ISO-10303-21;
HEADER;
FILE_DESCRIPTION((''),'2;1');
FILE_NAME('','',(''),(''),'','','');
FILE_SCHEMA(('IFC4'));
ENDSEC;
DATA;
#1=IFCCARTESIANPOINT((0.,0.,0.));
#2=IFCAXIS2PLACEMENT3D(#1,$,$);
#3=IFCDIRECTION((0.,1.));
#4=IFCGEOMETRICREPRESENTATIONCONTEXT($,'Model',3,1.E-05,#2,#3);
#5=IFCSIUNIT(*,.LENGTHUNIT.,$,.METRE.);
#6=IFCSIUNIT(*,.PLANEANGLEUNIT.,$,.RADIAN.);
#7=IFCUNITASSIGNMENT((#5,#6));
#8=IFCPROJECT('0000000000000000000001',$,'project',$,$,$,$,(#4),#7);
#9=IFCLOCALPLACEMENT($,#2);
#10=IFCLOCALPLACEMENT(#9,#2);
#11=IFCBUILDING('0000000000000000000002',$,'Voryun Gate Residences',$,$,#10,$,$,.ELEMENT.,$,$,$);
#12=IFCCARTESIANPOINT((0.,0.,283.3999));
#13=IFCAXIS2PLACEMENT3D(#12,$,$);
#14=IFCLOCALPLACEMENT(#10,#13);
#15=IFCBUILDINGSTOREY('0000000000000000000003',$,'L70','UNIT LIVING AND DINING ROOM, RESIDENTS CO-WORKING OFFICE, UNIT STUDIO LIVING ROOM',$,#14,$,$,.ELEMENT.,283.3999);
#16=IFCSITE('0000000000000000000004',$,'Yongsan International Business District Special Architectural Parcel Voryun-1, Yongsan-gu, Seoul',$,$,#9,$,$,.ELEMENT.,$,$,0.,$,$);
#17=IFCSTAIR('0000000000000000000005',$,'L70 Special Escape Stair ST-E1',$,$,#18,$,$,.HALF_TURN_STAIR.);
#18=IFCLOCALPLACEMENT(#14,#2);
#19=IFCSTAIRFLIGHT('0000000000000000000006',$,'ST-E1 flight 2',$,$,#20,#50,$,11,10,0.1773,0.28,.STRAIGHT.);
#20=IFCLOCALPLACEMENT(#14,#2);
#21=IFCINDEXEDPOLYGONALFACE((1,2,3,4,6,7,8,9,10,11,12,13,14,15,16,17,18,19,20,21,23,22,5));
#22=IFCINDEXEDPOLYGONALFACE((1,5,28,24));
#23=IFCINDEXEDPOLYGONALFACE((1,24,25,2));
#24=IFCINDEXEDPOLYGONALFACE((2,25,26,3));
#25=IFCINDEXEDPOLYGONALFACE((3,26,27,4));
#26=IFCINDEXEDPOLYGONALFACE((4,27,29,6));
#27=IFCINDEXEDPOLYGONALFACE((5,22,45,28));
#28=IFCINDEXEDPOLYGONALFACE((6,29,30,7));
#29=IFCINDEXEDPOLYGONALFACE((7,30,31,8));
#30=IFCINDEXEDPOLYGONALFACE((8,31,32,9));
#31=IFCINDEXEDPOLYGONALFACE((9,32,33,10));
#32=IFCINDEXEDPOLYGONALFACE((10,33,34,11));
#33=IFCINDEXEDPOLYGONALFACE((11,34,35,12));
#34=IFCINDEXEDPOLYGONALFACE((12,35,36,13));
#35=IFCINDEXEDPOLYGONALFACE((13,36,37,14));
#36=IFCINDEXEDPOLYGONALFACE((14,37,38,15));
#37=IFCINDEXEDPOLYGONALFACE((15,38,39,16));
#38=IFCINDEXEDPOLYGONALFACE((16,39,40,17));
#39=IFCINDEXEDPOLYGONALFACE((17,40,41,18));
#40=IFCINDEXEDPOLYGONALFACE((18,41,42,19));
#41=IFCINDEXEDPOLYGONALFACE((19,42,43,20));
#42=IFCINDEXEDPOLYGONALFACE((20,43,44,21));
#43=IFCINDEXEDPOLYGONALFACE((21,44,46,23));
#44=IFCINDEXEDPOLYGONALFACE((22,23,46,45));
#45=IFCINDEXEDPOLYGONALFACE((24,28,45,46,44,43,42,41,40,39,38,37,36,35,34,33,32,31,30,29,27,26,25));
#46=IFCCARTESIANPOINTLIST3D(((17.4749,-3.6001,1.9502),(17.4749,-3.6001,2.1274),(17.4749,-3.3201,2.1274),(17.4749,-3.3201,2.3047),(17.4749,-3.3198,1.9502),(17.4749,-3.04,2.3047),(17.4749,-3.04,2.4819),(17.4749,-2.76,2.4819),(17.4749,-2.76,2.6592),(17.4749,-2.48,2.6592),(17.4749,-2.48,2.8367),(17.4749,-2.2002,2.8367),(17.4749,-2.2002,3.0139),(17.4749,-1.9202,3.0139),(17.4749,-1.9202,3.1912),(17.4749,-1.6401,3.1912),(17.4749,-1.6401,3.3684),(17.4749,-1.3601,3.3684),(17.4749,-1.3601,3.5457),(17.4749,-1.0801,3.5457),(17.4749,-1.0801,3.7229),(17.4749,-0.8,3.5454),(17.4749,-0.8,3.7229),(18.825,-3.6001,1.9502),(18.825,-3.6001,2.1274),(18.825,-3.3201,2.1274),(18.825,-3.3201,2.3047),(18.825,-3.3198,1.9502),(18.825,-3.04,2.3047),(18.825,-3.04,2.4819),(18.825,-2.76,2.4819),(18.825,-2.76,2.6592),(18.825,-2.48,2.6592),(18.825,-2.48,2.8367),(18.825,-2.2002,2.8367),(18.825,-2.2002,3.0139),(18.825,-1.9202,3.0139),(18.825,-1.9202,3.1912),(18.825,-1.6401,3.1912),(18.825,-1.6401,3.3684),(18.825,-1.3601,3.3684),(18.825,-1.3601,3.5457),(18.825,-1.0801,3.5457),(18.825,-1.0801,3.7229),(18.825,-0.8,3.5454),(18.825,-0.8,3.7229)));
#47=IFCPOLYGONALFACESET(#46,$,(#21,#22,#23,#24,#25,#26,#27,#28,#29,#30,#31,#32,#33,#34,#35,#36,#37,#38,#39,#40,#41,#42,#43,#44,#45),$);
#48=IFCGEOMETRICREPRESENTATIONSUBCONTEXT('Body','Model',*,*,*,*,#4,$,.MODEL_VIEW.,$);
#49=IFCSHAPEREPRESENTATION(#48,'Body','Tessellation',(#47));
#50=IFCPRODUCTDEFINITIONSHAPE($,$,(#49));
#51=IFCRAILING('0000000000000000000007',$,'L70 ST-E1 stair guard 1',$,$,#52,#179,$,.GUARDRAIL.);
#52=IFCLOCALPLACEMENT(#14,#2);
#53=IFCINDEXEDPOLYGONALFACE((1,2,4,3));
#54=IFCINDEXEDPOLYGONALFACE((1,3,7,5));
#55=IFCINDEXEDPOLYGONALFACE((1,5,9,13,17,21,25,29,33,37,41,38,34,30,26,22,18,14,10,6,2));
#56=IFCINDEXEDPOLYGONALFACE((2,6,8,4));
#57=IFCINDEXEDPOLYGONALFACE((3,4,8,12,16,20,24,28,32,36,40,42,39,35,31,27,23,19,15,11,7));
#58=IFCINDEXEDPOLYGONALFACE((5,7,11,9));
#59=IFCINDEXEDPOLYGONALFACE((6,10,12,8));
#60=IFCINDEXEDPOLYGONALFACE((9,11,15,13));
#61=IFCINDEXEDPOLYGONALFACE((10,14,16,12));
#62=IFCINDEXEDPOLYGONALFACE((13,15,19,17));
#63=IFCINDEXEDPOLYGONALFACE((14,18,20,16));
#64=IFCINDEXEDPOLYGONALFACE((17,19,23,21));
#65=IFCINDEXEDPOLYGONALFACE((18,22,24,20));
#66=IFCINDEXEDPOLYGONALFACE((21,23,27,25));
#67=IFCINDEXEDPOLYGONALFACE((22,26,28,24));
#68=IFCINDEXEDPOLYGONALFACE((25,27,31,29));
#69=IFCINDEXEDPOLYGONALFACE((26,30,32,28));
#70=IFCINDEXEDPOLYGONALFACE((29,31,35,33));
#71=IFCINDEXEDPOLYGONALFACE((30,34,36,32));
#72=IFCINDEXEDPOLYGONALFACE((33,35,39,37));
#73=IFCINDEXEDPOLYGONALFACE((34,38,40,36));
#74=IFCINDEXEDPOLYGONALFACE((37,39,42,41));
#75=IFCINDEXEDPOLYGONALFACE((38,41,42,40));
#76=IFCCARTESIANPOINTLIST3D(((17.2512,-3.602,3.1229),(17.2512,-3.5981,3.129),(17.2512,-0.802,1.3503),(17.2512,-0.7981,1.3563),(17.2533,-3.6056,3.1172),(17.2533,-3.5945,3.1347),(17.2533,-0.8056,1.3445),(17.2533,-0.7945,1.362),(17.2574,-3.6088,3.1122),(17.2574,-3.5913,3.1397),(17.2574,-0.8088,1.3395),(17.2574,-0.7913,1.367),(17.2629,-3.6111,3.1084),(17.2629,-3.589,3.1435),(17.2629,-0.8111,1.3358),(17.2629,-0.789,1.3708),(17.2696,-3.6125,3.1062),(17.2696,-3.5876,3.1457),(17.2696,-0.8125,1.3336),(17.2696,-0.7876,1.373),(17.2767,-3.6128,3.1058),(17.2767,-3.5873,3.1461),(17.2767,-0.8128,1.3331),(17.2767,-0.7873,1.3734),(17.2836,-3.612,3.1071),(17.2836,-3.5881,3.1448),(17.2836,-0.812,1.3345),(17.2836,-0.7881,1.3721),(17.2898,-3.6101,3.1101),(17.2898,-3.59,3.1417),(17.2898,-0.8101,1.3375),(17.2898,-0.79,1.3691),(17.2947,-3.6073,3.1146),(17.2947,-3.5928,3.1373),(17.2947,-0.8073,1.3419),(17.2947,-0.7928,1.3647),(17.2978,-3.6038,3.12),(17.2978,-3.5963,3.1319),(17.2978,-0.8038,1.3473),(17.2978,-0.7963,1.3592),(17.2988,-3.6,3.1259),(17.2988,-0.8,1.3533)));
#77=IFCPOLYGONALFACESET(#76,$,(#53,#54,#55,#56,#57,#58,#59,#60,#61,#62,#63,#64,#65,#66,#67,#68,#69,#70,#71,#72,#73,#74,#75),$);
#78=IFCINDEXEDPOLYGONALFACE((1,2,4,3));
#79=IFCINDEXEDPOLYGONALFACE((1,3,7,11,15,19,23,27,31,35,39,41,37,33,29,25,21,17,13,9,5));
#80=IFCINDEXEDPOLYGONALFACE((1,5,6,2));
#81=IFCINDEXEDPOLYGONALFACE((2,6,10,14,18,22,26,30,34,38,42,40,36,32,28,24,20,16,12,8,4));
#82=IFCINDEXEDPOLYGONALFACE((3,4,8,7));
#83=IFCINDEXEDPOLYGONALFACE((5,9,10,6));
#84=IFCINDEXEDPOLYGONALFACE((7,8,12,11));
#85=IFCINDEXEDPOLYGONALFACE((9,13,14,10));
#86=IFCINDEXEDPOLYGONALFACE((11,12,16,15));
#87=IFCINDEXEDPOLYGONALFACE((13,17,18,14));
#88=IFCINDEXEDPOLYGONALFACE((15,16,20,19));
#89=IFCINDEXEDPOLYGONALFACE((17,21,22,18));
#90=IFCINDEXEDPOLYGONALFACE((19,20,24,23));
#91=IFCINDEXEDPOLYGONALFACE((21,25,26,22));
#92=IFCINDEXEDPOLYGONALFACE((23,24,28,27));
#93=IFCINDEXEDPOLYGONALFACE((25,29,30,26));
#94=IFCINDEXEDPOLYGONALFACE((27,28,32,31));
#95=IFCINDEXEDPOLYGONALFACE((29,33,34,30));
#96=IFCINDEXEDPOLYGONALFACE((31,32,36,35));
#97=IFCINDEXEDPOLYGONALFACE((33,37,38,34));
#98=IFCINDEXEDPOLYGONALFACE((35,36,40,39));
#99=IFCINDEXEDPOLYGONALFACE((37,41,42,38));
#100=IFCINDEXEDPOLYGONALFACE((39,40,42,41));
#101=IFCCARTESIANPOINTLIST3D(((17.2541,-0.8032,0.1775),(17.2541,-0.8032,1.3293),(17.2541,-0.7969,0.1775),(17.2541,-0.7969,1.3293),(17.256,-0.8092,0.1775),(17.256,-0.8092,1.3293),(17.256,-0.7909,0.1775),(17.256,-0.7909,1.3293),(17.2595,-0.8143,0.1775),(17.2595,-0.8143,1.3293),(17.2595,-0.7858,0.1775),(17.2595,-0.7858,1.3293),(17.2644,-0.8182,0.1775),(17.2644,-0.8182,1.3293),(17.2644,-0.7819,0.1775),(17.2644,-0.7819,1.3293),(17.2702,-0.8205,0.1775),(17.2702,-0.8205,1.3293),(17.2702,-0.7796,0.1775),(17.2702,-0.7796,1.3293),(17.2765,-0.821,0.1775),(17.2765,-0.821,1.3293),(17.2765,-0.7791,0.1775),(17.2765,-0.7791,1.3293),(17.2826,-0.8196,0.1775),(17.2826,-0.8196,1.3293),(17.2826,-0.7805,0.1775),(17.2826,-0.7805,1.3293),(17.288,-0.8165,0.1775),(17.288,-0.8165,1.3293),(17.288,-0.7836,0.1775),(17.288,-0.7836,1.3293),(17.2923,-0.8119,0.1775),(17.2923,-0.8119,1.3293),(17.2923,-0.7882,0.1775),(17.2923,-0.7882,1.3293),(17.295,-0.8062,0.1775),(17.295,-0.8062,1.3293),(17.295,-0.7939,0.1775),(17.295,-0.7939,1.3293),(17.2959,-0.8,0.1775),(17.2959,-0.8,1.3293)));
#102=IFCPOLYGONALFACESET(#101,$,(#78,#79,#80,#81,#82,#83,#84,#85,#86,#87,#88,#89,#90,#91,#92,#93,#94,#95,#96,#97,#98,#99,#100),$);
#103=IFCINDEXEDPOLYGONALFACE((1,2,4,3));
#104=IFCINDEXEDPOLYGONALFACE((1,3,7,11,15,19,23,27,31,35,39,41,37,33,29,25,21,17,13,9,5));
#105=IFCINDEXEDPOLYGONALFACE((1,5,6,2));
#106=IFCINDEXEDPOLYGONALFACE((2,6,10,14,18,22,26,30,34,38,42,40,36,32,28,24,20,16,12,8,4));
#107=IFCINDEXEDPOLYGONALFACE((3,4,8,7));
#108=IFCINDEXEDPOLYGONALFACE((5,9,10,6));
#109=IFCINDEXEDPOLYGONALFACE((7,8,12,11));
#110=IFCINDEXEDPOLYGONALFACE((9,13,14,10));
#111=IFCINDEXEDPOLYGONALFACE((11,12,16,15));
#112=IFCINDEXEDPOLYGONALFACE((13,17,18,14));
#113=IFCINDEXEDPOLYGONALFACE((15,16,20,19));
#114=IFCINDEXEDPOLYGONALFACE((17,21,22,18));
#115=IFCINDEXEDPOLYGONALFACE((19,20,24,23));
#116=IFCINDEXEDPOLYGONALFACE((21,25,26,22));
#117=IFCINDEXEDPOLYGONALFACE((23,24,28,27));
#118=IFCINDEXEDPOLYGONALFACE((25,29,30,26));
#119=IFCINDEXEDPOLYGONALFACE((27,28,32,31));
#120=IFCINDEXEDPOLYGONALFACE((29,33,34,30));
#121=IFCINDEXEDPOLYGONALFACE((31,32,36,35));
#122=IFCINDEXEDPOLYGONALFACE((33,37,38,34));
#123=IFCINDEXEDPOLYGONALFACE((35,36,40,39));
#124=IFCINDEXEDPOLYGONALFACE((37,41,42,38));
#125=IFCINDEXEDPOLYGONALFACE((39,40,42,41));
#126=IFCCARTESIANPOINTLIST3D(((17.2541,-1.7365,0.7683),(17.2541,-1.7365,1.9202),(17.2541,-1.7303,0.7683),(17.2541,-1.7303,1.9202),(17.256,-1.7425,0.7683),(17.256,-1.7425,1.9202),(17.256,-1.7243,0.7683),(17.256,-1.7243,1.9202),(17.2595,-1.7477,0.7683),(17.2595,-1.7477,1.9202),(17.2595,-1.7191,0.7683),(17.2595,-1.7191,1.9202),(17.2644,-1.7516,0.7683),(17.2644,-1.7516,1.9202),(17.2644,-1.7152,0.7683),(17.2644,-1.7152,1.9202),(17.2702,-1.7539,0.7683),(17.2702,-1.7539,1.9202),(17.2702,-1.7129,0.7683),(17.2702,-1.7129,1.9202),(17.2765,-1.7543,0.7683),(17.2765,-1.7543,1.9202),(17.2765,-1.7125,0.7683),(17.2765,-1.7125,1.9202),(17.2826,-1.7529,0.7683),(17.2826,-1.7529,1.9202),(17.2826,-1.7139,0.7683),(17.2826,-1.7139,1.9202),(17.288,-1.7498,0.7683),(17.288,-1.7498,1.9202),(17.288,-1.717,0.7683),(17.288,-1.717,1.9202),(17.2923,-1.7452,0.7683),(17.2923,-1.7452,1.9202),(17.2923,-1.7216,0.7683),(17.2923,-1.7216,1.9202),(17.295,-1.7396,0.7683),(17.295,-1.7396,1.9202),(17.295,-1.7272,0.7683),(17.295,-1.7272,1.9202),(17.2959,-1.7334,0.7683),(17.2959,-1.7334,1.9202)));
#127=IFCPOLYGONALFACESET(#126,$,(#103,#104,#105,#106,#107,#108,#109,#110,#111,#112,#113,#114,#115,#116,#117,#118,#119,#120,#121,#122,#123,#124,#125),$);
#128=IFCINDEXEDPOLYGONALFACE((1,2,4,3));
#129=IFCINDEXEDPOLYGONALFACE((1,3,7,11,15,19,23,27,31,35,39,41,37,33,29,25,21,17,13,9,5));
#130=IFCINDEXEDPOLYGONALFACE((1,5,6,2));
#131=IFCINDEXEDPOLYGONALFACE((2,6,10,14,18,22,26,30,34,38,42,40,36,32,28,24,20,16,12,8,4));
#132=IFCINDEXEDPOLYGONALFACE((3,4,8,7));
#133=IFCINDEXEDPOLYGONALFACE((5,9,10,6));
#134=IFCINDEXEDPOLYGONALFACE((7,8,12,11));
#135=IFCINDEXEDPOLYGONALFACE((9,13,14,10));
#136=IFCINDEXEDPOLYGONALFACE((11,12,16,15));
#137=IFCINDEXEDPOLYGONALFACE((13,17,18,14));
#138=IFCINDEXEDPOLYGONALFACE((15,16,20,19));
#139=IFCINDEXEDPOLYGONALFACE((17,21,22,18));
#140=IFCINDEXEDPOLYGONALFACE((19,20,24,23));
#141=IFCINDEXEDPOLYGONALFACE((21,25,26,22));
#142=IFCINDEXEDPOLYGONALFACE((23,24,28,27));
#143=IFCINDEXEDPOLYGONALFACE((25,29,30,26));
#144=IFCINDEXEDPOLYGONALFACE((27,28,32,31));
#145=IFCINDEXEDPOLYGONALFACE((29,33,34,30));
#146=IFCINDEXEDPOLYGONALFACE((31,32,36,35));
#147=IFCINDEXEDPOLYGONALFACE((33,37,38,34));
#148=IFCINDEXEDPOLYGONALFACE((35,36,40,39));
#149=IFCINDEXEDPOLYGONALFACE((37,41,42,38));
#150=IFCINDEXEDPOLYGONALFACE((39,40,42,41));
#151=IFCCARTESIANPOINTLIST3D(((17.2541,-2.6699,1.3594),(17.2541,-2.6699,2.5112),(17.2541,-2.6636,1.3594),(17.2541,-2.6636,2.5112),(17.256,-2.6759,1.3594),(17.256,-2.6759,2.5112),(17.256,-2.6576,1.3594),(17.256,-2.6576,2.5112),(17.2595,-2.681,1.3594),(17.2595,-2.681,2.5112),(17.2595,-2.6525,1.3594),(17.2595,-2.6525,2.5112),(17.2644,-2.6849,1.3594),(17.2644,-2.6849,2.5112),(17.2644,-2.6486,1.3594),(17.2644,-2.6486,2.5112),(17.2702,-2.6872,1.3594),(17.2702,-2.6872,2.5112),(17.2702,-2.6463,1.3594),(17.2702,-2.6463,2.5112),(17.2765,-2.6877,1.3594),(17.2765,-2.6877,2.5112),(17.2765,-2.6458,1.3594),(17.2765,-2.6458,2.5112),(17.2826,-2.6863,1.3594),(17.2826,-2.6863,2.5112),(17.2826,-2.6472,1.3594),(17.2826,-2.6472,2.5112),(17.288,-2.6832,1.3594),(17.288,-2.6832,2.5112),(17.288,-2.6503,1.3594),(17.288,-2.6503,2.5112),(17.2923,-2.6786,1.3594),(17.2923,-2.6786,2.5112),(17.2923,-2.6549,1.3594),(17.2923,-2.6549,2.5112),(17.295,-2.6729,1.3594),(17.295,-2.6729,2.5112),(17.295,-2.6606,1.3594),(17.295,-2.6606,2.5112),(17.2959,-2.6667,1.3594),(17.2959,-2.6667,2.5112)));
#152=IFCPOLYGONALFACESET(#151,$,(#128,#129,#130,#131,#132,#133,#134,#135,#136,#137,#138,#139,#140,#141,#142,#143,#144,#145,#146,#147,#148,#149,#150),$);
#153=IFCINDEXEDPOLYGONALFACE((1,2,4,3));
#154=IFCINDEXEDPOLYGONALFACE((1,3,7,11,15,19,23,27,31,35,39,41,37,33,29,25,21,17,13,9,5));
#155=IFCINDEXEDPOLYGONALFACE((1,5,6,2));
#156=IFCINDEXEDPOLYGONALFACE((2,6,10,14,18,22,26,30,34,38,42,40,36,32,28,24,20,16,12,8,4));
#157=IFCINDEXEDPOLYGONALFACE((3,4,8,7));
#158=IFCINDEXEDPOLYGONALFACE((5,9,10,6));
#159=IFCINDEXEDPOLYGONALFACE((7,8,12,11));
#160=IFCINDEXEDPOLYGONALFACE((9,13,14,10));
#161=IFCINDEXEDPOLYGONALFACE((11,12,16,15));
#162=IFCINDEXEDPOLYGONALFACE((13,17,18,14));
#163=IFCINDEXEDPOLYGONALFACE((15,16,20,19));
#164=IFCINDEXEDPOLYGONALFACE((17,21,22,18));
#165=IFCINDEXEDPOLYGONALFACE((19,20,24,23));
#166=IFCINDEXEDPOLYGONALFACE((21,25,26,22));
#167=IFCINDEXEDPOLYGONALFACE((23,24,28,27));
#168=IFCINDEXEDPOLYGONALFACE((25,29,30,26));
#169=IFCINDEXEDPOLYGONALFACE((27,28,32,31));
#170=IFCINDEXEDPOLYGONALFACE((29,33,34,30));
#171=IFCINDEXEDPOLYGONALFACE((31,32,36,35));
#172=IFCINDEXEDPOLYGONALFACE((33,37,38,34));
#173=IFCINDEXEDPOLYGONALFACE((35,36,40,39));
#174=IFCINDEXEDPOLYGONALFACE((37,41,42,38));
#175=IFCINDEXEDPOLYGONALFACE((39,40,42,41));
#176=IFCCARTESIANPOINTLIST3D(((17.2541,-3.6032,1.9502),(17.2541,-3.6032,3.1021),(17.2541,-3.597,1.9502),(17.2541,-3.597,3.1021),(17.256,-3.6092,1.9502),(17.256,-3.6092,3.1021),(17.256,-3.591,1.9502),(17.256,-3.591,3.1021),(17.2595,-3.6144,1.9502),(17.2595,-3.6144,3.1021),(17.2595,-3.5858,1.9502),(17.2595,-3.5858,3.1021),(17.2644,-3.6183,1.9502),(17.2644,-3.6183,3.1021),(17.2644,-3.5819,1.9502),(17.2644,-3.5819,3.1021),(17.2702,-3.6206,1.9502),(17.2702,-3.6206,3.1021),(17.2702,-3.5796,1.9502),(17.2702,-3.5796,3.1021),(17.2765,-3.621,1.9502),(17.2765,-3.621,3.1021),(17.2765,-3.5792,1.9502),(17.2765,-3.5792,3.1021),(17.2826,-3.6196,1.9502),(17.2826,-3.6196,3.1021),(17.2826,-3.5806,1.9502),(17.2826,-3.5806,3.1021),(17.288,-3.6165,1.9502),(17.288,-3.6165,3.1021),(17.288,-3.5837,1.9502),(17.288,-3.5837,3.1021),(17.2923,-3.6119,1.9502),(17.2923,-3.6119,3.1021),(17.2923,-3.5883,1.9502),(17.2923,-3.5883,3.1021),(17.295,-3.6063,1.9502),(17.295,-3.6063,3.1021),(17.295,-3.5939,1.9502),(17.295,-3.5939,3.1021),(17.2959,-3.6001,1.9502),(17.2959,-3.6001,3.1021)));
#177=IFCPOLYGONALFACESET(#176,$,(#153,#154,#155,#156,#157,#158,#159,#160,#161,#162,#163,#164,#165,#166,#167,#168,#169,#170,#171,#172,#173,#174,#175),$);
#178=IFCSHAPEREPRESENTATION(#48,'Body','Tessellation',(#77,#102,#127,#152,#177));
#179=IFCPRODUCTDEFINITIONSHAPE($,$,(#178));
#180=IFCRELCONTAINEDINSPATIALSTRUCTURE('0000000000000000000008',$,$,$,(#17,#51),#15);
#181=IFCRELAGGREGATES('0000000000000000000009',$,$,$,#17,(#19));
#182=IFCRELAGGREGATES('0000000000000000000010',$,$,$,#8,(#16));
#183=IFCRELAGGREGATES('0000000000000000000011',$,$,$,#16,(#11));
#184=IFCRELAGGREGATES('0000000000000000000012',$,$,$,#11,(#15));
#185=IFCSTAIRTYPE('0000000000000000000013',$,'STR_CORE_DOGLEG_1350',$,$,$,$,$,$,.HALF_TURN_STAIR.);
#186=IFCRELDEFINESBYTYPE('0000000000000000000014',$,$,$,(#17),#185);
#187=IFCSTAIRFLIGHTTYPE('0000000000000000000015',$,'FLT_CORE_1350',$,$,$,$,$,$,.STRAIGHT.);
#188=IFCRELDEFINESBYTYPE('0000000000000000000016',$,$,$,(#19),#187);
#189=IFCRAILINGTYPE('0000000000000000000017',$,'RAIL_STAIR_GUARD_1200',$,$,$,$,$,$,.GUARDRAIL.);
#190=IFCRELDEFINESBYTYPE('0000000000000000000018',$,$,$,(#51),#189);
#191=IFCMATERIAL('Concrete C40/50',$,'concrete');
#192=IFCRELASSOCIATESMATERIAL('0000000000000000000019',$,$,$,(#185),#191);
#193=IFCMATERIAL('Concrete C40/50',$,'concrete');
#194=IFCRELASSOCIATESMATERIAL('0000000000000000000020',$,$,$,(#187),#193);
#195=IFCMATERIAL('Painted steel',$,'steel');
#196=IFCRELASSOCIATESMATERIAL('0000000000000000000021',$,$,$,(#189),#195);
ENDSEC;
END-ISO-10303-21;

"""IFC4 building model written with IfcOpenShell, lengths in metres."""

from ifc_helpers import new_model, si_unit, direction, frame, origin, origin_2d, place, context, subcontext, project, spatial, polyline, circle, outline, extrude, material, type_object, element, aggregate, save


model = new_model("IFC4")

# Units and contexts
model_context = context("Model", 3, precision=1e-05, world=origin(), true_north=direction((0.0, 1.0)))
body_context = subcontext(model_context, "Body", "Model", "MODEL_VIEW")
ifc_project = project(units=[si_unit("LENGTHUNIT", "METRE"), si_unit("PLANEANGLEUNIT", "RADIAN")], contexts=[model_context])

# Site, building, storey
site_placement = place(None, origin())
site = spatial("IfcSite", under=ifc_project, at=site_placement, Name="Yongsan International Business District Special Architectural Parcel Voryun-1, Yongsan-gu, Seoul", CompositionType="ELEMENT", RefElevation=0.0)
building_placement = place(site_placement, origin())
building = spatial("IfcBuilding", under=site, at=building_placement, Name="Voryun Gate Residences", CompositionType="ELEMENT")
storey_placement = place(building_placement, frame((0.0, 0.0, 283.3999)))
storey = spatial("IfcBuildingStorey", under=building, at=storey_placement, Name="L70", Description="UNIT LIVING AND DINING ROOM, RESIDENTS CO-WORKING OFFICE, UNIT STUDIO LIVING ROOM", CompositionType="ELEMENT", Elevation=283.3999)

# Stair, stair flight
ifc_material_1 = material(Name="Concrete C40/50", Category="concrete")
stair_type = type_object("IfcStairType", Name="STR_CORE_DOGLEG_1350", PredefinedType="HALF_TURN_STAIR", material=ifc_material_1)
stair_placement = place(storey_placement, origin())
stair = element("IfcStair", 1, at=stair_placement, inside=storey, type_object=stair_type, Name="L70 Special Escape Stair ST-E1", PredefinedType="HALF_TURN_STAIR")
ifc_material_2 = material(Name="Concrete C40/50", Category="concrete")
stair_flight_type = type_object("IfcStairFlightType", Name="FLT_CORE_1350", PredefinedType="STRAIGHT", material=ifc_material_2)
stair_flight_1_placement = place(storey_placement, frame((18.1499, -3.6001, 1.9502), z_axis=(0.0, 0.0, 1.0), x_axis=(0.0, 1.0, 0.0)))
stair_flight_1 = element("IfcStairFlight", 2, at=stair_flight_1_placement, type_object=stair_flight_type, Name="ST-E1 flight 2", NumberOfRisers=11, NumberOfTreads=10, PredefinedType="STRAIGHT", RiserHeight=0.1773, TreadLength=0.28, context=body_context, shape_type="SweptSolid", body=[
    extrude(outline(polyline([(0.0, 0.0), (0.0, 0.1772), (0.28, 0.1772), (0.28, 0.3545), (0.5601, 0.3545), (0.5601, 0.5317), (0.8401, 0.5317), (0.8401, 0.709), (1.1201, 0.709), (1.1201, 0.8865), (1.3999, 0.8865), (1.3999, 1.0637), (1.6799, 1.0637), (1.6799, 1.241), (1.96, 1.241), (1.96, 1.4182), (2.24, 1.4182), (2.24, 1.5955), (2.52, 1.5955), (2.52, 1.7727), (2.8, 1.7727), (2.8, 1.95), (2.8, 1.5952), (0.2803, 0.0), (0.0, 0.0)])), frame((0.0, 0.675, 0.0), z_axis=(0.0, -1.0, 0.0), x_axis=(1.0, 0.0, 0.0)), (0.0, 0.0, 1.0), 1.3501),
])
aggregate(stair, [stair_flight_1])

# Railing
ifc_material_3 = material(Name="Painted steel", Category="steel")
railing_type_1 = type_object("IfcRailingType", Name="RAIL_STAIR_GUARD_1200", PredefinedType="GUARDRAIL", material=ifc_material_3)
railing_1_placement = place(storey_placement, frame((17.2749, -0.8, 0.1775)))
element("IfcRailing", 3, at=railing_1_placement, inside=storey, type_object=railing_type_1, Name="L70 ST-E1 stair guard 1", PredefinedType="GUARDRAIL", context=body_context, shape_type="SweptSolid", body=[
    extrude(circle(Radius=0.0239, at=origin_2d()), frame((0.0, 0.0, 1.1758), z_axis=(0.0, -0.844909, 0.53491), x_axis=(1.0, 0.0, 0.0)), (0.0, 0.0, 1.0), 3.314),
    extrude(circle(Radius=0.021, at=origin_2d()), origin(), (0.0, 0.0, 1.0), 1.1519),
    extrude(circle(Radius=0.021, at=origin_2d()), frame((0.0, -0.9333, 0.5908)), (0.0, 0.0, 1.0), 1.1519),
    extrude(circle(Radius=0.021, at=origin_2d()), frame((0.0, -1.8667, 1.1819)), (0.0, 0.0, 1.0), 1.1519),
    extrude(circle(Radius=0.021, at=origin_2d()), frame((0.0, -2.8, 1.7727)), (0.0, 0.0, 1.0), 1.1519),
])

save(model, "model.ifc")
